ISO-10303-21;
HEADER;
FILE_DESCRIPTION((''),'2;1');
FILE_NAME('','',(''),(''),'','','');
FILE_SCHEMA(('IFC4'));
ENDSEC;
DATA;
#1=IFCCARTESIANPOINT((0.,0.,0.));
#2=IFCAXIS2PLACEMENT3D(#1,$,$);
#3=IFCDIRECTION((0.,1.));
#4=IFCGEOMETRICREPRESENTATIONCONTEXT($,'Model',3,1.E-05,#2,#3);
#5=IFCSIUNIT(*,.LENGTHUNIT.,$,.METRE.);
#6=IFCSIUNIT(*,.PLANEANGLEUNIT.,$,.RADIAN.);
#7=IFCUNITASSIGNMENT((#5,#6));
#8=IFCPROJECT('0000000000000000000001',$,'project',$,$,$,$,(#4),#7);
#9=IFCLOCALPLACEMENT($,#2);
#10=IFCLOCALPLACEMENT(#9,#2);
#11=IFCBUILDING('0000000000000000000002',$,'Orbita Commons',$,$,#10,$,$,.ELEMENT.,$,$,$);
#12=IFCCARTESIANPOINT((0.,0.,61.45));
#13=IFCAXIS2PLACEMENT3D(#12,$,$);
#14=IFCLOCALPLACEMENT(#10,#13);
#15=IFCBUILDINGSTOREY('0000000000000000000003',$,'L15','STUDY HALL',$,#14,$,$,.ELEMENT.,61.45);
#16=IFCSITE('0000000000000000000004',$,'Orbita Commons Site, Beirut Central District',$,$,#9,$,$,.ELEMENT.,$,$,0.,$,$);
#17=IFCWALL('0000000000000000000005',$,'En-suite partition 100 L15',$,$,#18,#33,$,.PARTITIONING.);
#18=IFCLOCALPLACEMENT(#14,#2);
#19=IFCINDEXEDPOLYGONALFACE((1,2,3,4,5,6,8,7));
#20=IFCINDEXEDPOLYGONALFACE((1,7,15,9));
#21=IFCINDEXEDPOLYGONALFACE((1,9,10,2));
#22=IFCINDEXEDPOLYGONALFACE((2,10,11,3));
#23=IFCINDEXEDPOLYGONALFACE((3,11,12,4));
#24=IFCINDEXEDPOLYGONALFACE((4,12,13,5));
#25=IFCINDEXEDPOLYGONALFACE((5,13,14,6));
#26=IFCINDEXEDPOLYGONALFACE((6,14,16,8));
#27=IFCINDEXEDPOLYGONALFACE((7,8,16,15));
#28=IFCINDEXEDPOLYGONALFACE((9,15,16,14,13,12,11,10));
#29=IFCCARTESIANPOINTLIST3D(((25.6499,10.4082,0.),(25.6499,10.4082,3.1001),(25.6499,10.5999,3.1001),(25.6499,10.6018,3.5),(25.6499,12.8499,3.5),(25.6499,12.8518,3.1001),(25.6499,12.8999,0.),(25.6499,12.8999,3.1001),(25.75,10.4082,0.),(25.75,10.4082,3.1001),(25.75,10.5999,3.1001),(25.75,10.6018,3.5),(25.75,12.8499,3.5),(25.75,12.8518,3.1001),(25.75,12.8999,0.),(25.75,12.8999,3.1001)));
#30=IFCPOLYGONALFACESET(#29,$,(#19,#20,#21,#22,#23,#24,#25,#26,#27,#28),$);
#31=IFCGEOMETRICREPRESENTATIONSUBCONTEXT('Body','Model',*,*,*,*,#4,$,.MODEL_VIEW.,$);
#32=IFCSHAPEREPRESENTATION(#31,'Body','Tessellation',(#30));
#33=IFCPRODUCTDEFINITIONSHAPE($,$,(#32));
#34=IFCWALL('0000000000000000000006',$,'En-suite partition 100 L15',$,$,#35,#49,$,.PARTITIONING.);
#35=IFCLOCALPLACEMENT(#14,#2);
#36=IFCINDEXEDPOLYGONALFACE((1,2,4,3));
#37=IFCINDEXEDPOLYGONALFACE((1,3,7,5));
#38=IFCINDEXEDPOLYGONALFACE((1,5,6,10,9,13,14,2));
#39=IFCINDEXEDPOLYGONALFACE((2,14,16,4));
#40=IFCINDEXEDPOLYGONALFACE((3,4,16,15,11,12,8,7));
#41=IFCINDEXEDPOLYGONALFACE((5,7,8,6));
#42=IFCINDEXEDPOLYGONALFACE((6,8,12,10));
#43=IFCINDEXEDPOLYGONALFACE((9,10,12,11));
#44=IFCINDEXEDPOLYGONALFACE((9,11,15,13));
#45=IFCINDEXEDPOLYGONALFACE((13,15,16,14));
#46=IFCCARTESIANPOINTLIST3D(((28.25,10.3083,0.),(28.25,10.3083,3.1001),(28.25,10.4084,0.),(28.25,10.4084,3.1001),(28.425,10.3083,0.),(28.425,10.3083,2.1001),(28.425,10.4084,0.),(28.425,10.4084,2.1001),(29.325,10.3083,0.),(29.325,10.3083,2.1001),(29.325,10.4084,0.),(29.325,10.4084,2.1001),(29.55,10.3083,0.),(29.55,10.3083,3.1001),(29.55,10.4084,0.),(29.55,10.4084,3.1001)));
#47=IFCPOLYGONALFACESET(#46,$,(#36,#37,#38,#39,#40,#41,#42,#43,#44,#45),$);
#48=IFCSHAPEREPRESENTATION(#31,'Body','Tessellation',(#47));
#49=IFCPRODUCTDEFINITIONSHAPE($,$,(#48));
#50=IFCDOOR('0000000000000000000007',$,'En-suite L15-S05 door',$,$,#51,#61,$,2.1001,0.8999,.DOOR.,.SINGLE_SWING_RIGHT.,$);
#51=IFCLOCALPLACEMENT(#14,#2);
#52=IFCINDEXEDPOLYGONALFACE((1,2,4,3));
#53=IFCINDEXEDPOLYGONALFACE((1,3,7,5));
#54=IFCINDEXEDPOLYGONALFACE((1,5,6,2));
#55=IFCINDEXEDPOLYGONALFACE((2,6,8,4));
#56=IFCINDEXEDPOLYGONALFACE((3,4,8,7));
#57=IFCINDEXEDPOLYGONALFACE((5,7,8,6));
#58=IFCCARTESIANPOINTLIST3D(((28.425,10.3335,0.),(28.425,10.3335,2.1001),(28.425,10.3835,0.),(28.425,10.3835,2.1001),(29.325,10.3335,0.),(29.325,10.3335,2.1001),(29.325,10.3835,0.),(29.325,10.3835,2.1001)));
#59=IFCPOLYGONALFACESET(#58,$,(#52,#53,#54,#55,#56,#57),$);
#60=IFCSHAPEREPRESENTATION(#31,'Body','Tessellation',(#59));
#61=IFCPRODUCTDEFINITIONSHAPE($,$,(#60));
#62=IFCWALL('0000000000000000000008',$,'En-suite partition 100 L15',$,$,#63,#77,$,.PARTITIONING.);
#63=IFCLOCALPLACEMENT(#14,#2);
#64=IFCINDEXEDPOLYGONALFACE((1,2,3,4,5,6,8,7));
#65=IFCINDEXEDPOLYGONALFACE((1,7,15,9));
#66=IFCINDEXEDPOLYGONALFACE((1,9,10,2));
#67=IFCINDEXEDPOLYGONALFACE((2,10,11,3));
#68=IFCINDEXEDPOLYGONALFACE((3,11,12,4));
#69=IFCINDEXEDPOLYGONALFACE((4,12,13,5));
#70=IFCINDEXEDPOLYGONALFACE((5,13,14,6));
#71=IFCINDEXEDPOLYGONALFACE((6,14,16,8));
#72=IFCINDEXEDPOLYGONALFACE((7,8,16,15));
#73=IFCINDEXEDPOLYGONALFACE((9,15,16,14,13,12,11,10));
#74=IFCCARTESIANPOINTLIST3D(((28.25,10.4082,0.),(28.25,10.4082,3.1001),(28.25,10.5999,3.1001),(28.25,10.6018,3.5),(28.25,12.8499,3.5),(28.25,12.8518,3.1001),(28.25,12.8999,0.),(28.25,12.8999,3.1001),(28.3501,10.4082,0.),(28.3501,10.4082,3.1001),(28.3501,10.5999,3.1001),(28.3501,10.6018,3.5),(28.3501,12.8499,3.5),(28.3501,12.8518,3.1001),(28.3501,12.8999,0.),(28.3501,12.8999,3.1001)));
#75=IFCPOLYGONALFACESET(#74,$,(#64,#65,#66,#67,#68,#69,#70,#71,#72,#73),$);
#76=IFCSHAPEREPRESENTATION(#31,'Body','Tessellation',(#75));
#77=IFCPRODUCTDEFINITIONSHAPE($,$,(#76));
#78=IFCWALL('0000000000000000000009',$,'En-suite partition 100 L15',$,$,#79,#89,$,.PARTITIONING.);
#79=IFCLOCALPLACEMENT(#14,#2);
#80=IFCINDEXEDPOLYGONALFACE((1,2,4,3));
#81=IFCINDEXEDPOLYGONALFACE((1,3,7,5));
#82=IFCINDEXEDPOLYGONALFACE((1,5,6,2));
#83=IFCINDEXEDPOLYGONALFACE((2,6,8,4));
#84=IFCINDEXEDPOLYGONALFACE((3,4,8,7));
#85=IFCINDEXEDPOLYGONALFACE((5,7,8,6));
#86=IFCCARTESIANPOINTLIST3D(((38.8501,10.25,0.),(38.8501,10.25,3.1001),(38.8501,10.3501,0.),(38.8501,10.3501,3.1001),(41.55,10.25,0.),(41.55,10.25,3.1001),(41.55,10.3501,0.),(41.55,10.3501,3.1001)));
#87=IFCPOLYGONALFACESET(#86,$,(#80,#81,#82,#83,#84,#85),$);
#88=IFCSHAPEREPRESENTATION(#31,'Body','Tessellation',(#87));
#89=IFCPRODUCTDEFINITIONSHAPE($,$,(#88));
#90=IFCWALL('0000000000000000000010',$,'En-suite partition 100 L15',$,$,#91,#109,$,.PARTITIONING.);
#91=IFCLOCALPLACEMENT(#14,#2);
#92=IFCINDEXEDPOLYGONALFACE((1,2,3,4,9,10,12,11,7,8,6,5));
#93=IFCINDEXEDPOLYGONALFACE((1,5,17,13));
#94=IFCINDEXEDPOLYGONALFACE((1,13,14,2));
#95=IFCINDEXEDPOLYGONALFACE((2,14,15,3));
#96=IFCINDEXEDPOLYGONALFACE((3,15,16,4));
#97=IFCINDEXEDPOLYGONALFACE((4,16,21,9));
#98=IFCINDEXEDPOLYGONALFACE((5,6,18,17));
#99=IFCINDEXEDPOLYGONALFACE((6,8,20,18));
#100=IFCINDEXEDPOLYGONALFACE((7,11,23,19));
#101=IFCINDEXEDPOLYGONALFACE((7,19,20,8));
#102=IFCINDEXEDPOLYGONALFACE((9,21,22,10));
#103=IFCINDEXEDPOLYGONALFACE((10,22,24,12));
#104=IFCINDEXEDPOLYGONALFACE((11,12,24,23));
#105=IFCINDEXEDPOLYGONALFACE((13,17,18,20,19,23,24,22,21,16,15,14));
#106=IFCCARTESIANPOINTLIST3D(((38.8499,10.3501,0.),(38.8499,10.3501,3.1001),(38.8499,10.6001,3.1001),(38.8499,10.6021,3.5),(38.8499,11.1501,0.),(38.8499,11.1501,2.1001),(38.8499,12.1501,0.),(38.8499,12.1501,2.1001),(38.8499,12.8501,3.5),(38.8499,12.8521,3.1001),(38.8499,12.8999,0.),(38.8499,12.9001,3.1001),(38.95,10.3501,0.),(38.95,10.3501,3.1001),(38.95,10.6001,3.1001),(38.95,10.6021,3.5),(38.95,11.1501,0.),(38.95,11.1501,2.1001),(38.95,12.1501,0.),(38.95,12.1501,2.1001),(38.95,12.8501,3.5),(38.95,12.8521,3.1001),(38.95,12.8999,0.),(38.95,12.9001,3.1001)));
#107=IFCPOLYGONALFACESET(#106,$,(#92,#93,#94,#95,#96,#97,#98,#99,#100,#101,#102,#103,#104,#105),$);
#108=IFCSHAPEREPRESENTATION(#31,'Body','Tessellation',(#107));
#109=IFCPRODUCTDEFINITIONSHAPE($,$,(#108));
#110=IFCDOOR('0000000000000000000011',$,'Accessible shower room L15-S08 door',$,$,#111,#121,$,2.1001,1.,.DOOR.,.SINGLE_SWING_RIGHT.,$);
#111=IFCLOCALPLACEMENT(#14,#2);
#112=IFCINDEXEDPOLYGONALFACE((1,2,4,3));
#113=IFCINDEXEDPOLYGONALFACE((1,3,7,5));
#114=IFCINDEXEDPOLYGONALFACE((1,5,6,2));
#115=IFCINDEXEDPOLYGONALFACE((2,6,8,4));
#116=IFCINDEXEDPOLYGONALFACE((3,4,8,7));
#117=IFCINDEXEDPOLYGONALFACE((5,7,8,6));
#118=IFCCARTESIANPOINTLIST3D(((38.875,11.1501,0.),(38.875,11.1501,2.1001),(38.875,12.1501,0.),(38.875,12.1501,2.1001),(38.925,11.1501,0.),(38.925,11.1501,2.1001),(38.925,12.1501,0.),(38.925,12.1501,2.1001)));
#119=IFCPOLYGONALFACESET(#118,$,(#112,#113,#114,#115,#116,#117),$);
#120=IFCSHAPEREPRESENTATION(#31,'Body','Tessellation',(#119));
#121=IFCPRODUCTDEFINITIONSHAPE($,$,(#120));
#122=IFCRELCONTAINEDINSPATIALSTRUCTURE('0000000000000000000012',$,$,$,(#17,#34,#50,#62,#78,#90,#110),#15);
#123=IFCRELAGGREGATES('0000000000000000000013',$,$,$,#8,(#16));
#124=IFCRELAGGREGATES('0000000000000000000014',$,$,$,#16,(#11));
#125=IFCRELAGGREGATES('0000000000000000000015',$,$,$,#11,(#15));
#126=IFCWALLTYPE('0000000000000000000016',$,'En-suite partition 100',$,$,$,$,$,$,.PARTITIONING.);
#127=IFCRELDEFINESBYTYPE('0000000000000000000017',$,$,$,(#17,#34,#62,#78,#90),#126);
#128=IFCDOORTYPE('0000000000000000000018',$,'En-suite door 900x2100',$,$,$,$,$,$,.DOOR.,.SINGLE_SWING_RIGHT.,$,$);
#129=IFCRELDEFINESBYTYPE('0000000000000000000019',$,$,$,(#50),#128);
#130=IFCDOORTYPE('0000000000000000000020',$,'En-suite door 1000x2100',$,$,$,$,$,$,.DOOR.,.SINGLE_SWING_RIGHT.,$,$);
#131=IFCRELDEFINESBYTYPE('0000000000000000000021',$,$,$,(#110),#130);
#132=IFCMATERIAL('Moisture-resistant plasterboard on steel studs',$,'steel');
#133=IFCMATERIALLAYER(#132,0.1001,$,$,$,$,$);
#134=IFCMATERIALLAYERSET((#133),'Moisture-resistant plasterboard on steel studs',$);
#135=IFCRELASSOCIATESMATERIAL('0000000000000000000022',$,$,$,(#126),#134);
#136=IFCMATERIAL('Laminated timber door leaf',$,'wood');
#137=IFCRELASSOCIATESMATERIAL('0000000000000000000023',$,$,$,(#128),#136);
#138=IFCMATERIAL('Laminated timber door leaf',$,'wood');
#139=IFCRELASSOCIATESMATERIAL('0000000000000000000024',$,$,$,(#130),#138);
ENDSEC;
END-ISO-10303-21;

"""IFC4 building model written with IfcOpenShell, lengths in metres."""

from ifc_helpers import new_model, si_unit, direction, frame, frame_2d, origin, place, context, subcontext, project, spatial, polyline, rectangle, outline, extrude, material, layer, layer_set, type_object, element, fill, save


model = new_model("IFC4")

# Units and contexts
model_context = context("Model", 3, precision=1e-05, world=origin(), true_north=direction((0.0, 1.0)))
body_context = subcontext(model_context, "Body", "Model", "MODEL_VIEW")
ifc_project = project(units=[si_unit("LENGTHUNIT", "METRE"), si_unit("PLANEANGLEUNIT", "RADIAN")], contexts=[model_context])

# Site, building, storey
site_placement = place(None, origin())
site = spatial("IfcSite", under=ifc_project, at=site_placement, Name="Orbita Commons Site, Beirut Central District", CompositionType="ELEMENT", RefElevation=0.0)
building_placement = place(site_placement, origin())
building = spatial("IfcBuilding", under=site, at=building_placement, Name="Orbita Commons", CompositionType="ELEMENT")
storey_placement = place(building_placement, frame((0.0, 0.0, 61.45)))
storey = spatial("IfcBuildingStorey", under=building, at=storey_placement, Name="L15", Description="STUDY HALL", CompositionType="ELEMENT", Elevation=61.45)

# Shared definitions
ifc_material_1 = material(Name="Moisture-resistant plasterboard on steel studs", Category="steel")
ifc_layer_1 = layer(ifc_material_1, 0.1001)
ifc_layer_set_1 = layer_set([ifc_layer_1], Name="Moisture-resistant plasterboard on steel studs")
wall_type_1 = type_object("IfcWallType", Name="En-suite partition 100", PredefinedType="PARTITIONING", material=ifc_layer_set_1)
ifc_material_2 = material(Name="Laminated timber door leaf", Category="wood")
door_type_1 = type_object("IfcDoorType", Name="En-suite door 900x2100", OperationType="SINGLE_SWING_RIGHT", PredefinedType="DOOR", material=ifc_material_2)

# Wall
wall_1_placement = place(storey_placement, frame((25.7, 10.4082, 0.0), z_axis=(0.0, 0.0, 1.0), x_axis=(0.0, 1.0, 0.0)))
element("IfcWall", 1, at=wall_1_placement, inside=storey, type_object=wall_type_1, Name="En-suite partition 100 L15", PredefinedType="PARTITIONING", context=body_context, shape_type="SweptSolid", body=[
    extrude(outline(polyline([(0.0, 0.0), (2.4917, 0.0), (2.4917, 3.1001), (2.4436, 3.1001), (2.4417, 3.5), (0.1936, 3.5), (0.1917, 3.1001), (0.0, 3.1001), (0.0, 0.0)])), frame((0.0, 0.05, 0.0), z_axis=(0.0, -1.0, 0.0), x_axis=(1.0, 0.0, 0.0)), (0.0, 0.0, 1.0), 0.1001),
])

# Wall, opening, door
wall_2_placement = place(storey_placement, frame((29.55, 10.3584, 0.0), z_axis=(0.0, 0.0, 1.0), x_axis=(-1.0, 0.0, 0.0)))
wall_2 = element("IfcWall", 2, at=wall_2_placement, inside=storey, type_object=wall_type_1, Name="En-suite partition 100 L15", PredefinedType="PARTITIONING", context=body_context, shape_type="SweptSolid", body=[
    extrude(outline(polyline([(0.0, 0.0), (1.3, 0.0), (1.3, 3.1001), (0.0, 3.1001), (0.0, 0.0)])), frame((0.0, 0.05, 0.0), z_axis=(0.0, -1.0, 0.0), x_axis=(1.0, 0.0, 0.0)), (0.0, 0.0, 1.0), 0.1001),
])
opening_1_placement = place(wall_2_placement, frame((0.2251, 0.0, 0.0)))
opening_1 = element("IfcOpeningElement", 3, at=opening_1_placement, cuts=wall_2, PredefinedType="OPENING", context=body_context, shape_type="SweptSolid", body=[
    extrude(rectangle(XDim=0.8999, YDim=2.1001, at=frame_2d((0.45, 1.05))), frame((0.0, 0.0601, 0.0), z_axis=(0.0, -1.0, 0.0), x_axis=(1.0, 0.0, 0.0)), (0.0, 0.0, 1.0), 0.1201),
])
door_1_placement = place(opening_1_placement, origin())
door_1 = element("IfcDoor", 4, at=door_1_placement, inside=storey, type_object=door_type_1, Name="En-suite L15-S05 door", OperationType="SINGLE_SWING_RIGHT", OverallHeight=2.1001, OverallWidth=0.8999, PredefinedType="DOOR", context=body_context, shape_type="SweptSolid", body=[
    extrude(rectangle(XDim=0.8999, YDim=2.1001, at=frame_2d((0.45, 1.05))), frame((0.0, 0.0249, 0.0), z_axis=(0.0, -1.0, 0.0), x_axis=(1.0, 0.0, 0.0)), (0.0, 0.0, 1.0), 0.05),
])
fill(opening_1, door_1)

# Walls
wall_3_placement = place(storey_placement, frame((28.3, 10.4082, 0.0), z_axis=(0.0, 0.0, 1.0), x_axis=(0.0, 1.0, 0.0)))
element("IfcWall", 5, at=wall_3_placement, inside=storey, type_object=wall_type_1, Name="En-suite partition 100 L15", PredefinedType="PARTITIONING", context=body_context, shape_type="SweptSolid", body=[
    extrude(outline(polyline([(0.0, 0.0), (2.4917, 0.0), (2.4917, 3.1001), (2.4436, 3.1001), (2.4417, 3.5), (0.1936, 3.5), (0.1917, 3.1001), (0.0, 3.1001), (0.0, 0.0)])), frame((0.0, 0.05, 0.0), z_axis=(0.0, -1.0, 0.0), x_axis=(1.0, 0.0, 0.0)), (0.0, 0.0, 1.0), 0.1001),
])
wall_4_placement = place(storey_placement, frame((38.8501, 10.3, 0.0), z_axis=(0.0, 0.0, 1.0), x_axis=(1.0, 0.0, 0.0)))
element("IfcWall", 6, at=wall_4_placement, inside=storey, type_object=wall_type_1, Name="En-suite partition 100 L15", PredefinedType="PARTITIONING", context=body_context, shape_type="SweptSolid", body=[
    extrude(outline(polyline([(0.0, 0.0), (2.7, 0.0), (2.7, 3.1001), (0.0, 3.1001), (0.0, 0.0)])), frame((0.0, 0.05, 0.0), z_axis=(0.0, -1.0, 0.0), x_axis=(1.0, 0.0, 0.0)), (0.0, 0.0, 1.0), 0.1001),
])

# Wall, opening, door
wall_5_placement = place(storey_placement, frame((38.8999, 10.3501, 0.0), z_axis=(0.0, 0.0, 1.0), x_axis=(0.0, 1.0, 0.0)))
wall_5 = element("IfcWall", 7, at=wall_5_placement, inside=storey, type_object=wall_type_1, Name="En-suite partition 100 L15", PredefinedType="PARTITIONING", context=body_context, shape_type="SweptSolid", body=[
    extrude(outline(polyline([(0.0, 0.0), (2.5498, 0.0), (2.55, 3.1001), (2.502, 3.1001), (2.5, 3.5), (0.252, 3.5), (0.25, 3.1001), (0.0, 3.1001), (0.0, 0.0)])), frame((0.0, 0.05, 0.0), z_axis=(0.0, -1.0, 0.0), x_axis=(1.0, 0.0, 0.0)), (0.0, 0.0, 1.0), 0.1001),
])
opening_2_placement = place(wall_5_placement, frame((0.8, 0.0, 0.0)))
opening_2 = element("IfcOpeningElement", 8, at=opening_2_placement, cuts=wall_5, PredefinedType="OPENING", context=body_context, shape_type="SweptSolid", body=[
    extrude(rectangle(XDim=1.0, YDim=2.1001, at=frame_2d((0.5, 1.05))), frame((0.0, 0.0601, 0.0), z_axis=(0.0, -1.0, 0.0), x_axis=(1.0, 0.0, 0.0)), (0.0, 0.0, 1.0), 0.1201),
])
ifc_material_3 = material(Name="Laminated timber door leaf", Category="wood")
door_type_2 = type_object("IfcDoorType", Name="En-suite door 1000x2100", OperationType="SINGLE_SWING_RIGHT", PredefinedType="DOOR", material=ifc_material_3)
door_2_placement = place(opening_2_placement, origin())
door_2 = element("IfcDoor", 9, at=door_2_placement, inside=storey, type_object=door_type_2, Name="Accessible shower room L15-S08 door", OperationType="SINGLE_SWING_RIGHT", OverallHeight=2.1001, OverallWidth=1.0, PredefinedType="DOOR", context=body_context, shape_type="SweptSolid", body=[
    extrude(rectangle(XDim=1.0, YDim=2.1001, at=frame_2d((0.5, 1.05))), frame((0.0, 0.0249, 0.0), z_axis=(0.0, -1.0, 0.0), x_axis=(1.0, 0.0, 0.0)), (0.0, 0.0, 1.0), 0.05),
])
fill(opening_2, door_2)

save(model, "model.ifc")
